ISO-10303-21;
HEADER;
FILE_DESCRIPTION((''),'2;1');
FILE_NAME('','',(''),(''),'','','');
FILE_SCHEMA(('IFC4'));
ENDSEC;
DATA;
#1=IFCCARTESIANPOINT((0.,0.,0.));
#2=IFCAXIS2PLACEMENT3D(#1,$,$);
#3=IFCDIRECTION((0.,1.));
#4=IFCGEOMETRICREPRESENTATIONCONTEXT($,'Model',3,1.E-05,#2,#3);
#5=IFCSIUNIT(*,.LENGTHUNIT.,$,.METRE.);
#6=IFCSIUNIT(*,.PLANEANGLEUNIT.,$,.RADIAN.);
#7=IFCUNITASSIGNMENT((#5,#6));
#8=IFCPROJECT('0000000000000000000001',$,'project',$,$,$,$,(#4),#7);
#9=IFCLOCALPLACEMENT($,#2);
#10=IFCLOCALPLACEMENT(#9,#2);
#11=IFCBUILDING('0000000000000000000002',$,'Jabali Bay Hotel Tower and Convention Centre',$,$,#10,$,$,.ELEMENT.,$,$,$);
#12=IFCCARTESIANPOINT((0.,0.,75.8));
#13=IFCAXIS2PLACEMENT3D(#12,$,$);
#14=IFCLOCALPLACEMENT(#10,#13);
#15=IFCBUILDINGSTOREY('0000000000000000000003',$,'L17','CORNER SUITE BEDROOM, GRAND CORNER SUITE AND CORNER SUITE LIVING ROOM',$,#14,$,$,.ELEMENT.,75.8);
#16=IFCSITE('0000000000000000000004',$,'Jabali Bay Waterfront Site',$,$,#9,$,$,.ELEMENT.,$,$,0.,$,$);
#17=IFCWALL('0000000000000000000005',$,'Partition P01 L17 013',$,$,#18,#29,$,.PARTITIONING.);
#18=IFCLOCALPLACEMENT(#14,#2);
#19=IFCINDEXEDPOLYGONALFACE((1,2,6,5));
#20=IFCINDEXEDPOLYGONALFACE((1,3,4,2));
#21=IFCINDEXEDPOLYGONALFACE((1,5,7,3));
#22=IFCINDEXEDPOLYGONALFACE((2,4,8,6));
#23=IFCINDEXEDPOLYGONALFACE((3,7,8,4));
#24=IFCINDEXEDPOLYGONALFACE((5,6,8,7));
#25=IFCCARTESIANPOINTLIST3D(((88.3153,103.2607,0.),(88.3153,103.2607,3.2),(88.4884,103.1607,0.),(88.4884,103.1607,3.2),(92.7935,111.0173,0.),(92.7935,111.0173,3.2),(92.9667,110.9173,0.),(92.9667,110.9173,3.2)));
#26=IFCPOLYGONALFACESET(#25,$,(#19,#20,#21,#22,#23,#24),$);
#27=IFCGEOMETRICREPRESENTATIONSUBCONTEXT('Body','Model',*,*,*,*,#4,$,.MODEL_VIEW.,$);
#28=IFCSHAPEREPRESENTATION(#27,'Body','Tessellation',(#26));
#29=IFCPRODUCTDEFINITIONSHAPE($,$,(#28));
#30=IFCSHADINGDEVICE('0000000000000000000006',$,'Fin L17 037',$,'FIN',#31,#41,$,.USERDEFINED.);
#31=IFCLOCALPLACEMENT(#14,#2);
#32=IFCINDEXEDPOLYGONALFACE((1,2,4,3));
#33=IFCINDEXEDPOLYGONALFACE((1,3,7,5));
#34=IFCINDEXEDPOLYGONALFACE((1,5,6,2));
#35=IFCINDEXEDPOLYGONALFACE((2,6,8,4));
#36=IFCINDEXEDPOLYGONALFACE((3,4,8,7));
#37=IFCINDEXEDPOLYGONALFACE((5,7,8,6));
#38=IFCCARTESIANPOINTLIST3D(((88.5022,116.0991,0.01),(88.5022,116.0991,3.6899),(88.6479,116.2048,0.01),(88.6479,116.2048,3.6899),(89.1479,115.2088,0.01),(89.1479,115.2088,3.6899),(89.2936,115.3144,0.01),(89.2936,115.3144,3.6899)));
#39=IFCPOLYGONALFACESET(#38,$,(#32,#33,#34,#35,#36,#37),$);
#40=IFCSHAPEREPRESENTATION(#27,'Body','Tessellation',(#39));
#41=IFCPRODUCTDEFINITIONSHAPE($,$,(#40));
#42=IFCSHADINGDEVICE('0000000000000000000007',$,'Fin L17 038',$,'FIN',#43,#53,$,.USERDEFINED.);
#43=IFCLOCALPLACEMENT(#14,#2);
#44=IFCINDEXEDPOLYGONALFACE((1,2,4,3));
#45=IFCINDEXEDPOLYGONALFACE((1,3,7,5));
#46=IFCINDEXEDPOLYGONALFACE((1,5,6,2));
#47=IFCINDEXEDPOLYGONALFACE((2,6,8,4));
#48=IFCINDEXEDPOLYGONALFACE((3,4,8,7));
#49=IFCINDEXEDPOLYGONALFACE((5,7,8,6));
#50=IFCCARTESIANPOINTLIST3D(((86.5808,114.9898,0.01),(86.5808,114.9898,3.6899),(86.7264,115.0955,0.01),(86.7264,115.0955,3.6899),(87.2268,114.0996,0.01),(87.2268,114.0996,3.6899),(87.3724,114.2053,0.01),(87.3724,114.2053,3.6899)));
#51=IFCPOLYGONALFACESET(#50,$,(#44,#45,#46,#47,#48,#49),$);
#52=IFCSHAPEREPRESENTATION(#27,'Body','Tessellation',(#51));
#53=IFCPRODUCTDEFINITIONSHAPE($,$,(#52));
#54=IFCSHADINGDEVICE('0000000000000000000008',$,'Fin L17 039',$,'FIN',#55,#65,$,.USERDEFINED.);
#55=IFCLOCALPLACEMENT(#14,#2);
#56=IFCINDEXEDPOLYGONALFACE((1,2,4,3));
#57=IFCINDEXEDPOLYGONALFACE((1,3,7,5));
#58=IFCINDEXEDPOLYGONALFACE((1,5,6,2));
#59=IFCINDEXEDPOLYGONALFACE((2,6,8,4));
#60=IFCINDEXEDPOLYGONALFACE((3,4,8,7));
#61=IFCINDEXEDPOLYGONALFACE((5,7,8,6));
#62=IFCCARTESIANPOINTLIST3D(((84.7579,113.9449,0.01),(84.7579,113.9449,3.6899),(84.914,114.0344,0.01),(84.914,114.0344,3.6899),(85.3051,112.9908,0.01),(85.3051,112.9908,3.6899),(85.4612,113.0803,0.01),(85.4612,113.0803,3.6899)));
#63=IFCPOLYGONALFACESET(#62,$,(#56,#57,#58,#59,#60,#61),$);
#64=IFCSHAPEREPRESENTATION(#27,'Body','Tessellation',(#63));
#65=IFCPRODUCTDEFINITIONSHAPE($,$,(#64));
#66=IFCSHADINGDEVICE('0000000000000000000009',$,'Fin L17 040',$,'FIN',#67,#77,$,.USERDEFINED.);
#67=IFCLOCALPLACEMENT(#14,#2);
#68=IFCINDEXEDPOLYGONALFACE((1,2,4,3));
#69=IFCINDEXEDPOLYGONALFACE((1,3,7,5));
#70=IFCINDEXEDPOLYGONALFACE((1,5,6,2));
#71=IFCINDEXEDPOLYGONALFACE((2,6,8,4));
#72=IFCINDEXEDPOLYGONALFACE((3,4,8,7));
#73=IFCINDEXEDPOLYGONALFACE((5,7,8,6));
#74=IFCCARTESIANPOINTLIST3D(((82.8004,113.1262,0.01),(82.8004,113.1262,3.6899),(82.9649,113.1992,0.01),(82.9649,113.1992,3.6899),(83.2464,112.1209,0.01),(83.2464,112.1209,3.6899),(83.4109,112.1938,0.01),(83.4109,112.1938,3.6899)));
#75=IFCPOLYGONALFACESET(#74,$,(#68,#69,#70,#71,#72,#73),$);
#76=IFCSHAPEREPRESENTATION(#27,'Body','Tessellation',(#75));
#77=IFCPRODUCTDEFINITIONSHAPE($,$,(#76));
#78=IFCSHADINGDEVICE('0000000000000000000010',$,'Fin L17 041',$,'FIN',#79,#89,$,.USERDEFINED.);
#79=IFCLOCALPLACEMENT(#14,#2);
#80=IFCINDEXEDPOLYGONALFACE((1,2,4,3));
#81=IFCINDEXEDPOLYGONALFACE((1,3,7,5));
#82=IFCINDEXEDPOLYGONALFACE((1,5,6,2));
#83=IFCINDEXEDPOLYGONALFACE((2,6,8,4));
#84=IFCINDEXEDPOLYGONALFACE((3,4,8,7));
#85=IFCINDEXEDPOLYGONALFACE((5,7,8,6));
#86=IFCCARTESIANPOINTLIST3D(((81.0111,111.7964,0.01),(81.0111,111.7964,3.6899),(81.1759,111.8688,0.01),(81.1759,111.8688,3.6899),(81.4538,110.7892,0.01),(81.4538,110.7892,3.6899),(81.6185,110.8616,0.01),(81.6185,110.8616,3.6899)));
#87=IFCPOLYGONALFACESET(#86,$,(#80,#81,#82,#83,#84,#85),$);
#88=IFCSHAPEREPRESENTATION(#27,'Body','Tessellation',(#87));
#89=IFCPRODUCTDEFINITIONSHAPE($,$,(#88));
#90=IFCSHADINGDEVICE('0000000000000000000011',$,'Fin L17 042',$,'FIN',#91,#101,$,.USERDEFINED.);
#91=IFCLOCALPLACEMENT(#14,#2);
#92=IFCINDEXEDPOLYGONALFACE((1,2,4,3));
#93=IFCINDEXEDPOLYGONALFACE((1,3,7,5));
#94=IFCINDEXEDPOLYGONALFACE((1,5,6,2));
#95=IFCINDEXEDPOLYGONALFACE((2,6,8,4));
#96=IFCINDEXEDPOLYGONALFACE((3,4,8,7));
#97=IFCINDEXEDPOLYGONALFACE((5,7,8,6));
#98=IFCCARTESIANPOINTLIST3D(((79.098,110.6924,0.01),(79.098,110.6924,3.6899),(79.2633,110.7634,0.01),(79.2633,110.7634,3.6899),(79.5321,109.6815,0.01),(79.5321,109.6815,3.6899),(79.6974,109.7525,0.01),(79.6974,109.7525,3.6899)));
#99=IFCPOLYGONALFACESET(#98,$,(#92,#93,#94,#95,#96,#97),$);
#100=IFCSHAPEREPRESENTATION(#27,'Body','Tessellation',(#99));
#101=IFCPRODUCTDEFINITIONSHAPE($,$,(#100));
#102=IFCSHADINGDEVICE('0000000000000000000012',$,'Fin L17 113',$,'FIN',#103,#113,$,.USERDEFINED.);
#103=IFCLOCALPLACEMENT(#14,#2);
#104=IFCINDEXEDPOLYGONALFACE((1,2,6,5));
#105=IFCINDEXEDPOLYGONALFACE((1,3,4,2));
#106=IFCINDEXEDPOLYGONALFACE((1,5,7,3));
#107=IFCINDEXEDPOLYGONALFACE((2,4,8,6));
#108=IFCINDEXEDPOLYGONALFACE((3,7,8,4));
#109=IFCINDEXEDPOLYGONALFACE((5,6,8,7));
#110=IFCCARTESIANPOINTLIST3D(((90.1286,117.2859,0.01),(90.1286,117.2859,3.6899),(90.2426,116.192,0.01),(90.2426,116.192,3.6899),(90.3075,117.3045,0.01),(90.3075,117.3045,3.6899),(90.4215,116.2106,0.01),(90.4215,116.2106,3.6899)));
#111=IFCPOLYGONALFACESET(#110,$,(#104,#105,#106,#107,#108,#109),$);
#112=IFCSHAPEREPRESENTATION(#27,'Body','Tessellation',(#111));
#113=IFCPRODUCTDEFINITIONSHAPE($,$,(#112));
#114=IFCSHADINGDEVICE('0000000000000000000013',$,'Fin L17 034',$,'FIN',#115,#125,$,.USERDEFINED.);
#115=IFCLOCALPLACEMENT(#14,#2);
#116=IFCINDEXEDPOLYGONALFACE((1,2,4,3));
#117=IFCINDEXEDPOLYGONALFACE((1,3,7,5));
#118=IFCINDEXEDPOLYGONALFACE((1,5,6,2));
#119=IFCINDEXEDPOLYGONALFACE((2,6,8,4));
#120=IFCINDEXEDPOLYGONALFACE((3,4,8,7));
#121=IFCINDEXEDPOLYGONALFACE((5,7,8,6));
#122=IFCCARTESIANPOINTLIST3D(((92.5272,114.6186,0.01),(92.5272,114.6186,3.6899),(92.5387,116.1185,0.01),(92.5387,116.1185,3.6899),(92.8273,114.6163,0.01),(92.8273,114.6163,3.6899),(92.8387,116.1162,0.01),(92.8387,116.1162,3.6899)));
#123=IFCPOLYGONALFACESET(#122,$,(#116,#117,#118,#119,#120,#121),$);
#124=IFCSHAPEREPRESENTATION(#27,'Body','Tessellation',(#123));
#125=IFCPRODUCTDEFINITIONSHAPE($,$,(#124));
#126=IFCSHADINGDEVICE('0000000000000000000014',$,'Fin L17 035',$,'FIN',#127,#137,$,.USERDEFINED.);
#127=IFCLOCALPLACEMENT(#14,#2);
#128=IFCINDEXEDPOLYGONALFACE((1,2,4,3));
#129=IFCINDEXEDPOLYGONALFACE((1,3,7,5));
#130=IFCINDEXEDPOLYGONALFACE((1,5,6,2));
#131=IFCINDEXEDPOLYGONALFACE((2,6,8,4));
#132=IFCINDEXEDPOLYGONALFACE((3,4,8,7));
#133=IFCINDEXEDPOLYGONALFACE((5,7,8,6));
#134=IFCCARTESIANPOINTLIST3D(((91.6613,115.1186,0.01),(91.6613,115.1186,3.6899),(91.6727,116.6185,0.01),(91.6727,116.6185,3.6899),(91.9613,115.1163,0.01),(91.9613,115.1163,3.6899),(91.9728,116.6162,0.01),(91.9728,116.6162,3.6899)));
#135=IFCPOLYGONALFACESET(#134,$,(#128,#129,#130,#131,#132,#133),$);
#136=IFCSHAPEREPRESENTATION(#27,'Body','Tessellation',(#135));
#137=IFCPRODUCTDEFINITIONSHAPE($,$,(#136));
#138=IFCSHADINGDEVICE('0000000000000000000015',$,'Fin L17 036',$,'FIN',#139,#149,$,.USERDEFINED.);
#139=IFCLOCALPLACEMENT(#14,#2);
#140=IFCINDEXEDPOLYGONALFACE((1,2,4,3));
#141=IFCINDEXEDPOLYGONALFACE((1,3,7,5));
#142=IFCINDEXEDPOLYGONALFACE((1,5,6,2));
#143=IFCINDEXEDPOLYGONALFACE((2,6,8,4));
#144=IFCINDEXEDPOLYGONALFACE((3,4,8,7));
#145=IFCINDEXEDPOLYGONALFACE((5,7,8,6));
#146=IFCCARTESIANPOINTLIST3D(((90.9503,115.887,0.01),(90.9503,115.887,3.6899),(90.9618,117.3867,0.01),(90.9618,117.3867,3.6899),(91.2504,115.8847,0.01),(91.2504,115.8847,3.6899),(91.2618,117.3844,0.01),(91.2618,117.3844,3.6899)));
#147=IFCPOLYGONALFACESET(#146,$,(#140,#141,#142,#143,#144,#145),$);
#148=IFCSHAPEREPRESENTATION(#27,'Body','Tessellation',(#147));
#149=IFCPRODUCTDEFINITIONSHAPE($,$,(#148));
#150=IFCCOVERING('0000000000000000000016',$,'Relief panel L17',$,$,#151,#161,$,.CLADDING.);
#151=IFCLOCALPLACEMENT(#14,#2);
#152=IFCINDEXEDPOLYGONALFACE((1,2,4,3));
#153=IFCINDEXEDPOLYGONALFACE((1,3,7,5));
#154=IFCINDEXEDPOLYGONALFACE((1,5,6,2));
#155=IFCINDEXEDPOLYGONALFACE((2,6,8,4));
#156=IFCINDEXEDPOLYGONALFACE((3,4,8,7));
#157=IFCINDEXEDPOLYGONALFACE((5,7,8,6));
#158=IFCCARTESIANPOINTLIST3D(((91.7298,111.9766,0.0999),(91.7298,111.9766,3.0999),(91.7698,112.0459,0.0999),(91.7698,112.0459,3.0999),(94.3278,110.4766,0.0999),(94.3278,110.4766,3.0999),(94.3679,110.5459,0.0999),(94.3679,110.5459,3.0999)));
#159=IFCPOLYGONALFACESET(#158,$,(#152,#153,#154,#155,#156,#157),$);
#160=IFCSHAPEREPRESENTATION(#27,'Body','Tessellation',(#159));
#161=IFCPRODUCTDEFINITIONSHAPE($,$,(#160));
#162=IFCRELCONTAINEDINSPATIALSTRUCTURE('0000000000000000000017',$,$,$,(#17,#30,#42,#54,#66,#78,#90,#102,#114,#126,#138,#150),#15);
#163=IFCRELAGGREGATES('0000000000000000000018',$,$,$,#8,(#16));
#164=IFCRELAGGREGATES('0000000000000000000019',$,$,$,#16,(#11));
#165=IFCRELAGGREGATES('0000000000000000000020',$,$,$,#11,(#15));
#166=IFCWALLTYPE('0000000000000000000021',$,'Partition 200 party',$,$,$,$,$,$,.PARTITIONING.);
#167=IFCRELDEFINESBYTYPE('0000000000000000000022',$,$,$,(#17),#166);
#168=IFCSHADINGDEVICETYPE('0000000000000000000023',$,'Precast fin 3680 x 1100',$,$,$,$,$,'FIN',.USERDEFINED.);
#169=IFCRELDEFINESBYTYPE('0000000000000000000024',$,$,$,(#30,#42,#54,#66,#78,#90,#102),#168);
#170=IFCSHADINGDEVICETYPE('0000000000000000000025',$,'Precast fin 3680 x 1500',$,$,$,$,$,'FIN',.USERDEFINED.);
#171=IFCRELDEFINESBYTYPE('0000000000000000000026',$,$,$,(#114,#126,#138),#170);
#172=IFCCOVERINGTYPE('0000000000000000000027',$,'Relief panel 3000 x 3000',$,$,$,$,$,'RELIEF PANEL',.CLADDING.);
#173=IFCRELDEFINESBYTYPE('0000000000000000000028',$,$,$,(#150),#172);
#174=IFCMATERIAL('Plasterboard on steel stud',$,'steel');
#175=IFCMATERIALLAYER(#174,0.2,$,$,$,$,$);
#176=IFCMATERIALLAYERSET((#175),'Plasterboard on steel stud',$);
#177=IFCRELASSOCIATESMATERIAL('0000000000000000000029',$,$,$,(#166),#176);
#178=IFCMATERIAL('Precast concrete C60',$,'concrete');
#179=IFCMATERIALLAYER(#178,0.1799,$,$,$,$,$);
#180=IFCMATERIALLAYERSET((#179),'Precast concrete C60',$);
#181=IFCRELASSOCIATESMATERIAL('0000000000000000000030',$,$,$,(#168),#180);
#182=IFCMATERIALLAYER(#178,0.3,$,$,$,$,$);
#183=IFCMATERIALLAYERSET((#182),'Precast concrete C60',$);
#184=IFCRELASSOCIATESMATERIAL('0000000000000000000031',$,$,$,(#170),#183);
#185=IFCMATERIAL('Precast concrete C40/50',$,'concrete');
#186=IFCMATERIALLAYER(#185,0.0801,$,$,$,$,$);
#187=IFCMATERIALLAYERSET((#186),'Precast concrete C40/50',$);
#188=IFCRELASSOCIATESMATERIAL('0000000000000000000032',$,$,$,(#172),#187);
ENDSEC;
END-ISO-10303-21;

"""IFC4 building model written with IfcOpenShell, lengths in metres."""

from ifc_helpers import new_model, si_unit, direction, frame, frame_2d, origin, origin_2d, place, context, subcontext, project, spatial, rectangle, extrude, material, layer, layer_set, type_object, element, save


model = new_model("IFC4")

# Units and contexts
model_context = context("Model", 3, precision=1e-05, world=origin(), true_north=direction((0.0, 1.0)))
body_context = subcontext(model_context, "Body", "Model", "MODEL_VIEW")
ifc_project = project(units=[si_unit("LENGTHUNIT", "METRE"), si_unit("PLANEANGLEUNIT", "RADIAN")], contexts=[model_context])

# Site, building, storey
site_placement = place(None, origin())
site = spatial("IfcSite", under=ifc_project, at=site_placement, Name="Jabali Bay Waterfront Site", CompositionType="ELEMENT", RefElevation=0.0)
building_placement = place(site_placement, origin())
building = spatial("IfcBuilding", under=site, at=building_placement, Name="Jabali Bay Hotel Tower and Convention Centre", CompositionType="ELEMENT")
storey_placement = place(building_placement, frame((0.0, 0.0, 75.8)))
storey = spatial("IfcBuildingStorey", under=building, at=storey_placement, Name="L17", Description="CORNER SUITE BEDROOM, GRAND CORNER SUITE AND CORNER SUITE LIVING ROOM", CompositionType="ELEMENT", Elevation=75.8)

# Shared definitions
ifc_material_1 = material(Name="Plasterboard on steel stud", Category="steel")

# Wall
ifc_layer_1 = layer(ifc_material_1, 0.2)
ifc_layer_set_1 = layer_set([ifc_layer_1], Name="Plasterboard on steel stud")
wall_type_1 = type_object("IfcWallType", Name="Partition 200 party", PredefinedType="PARTITIONING", material=ifc_layer_set_1)
wall_1_placement = place(storey_placement, frame((92.8801, 110.9673, 0.0), z_axis=(0.0, 0.0, 1.0), x_axis=(-0.5, -0.866025, 0.0)))
element("IfcWall", 1, at=wall_1_placement, inside=storey, type_object=wall_type_1, Name="Partition P01 L17 013", PredefinedType="PARTITIONING", context=body_context, shape_type="SweptSolid", body=[
    extrude(rectangle(XDim=8.9565, YDim=0.2, at=frame_2d((4.4783, 0.0))), origin(), (0.0, 0.0, 1.0), 3.2),
])

# Shading devices
ifc_material_2 = material(Name="Precast concrete C60", Category="concrete")
ifc_layer_2 = layer(ifc_material_2, 0.1799)
ifc_layer_set_2 = layer_set([ifc_layer_2], Name="Precast concrete C60")
shading_device_type_1 = type_object("IfcShadingDeviceType", Name="Precast fin 3680 x 1100", ElementType="FIN", PredefinedType="USERDEFINED", material=ifc_layer_set_2)
for number, where, z_axis, x_axis, name in (
    (2, (89.2207, 115.2617, 0.01), (0.0, 0.0, 1.0), (-0.587102, 0.809513, 0.0), "Fin L17 037"),
    (3, (87.2996, 114.1526, 0.01), (0.0, 0.0, 1.0), (-0.587353, 0.809331, 0.0), "Fin L17 038"),
    (4, (85.3831, 113.0356, 0.01), (0.0, 0.0, 1.0), (-0.497453, 0.867491, 0.0), "Fin L17 039"),
    (5, (83.3286, 112.1575, 0.01), (0.0, 0.0, 1.0), (-0.405541, 0.914077, 0.0), "Fin L17 040"),
):
    element("IfcShadingDevice", number, at=place(storey_placement, frame(where, z_axis=z_axis, x_axis=x_axis)), inside=storey, type_object=shading_device_type_1, Name=name, ObjectType="FIN", PredefinedType="USERDEFINED", context=body_context, shape_type="SweptSolid", body=[
        extrude(rectangle(XDim=1.0999, YDim=0.1799, at=frame_2d((0.5498, 0.0))), origin(), (0.0, 0.0, 1.0), 3.6799),
    ])
for number, where, z_axis, x_axis, name in (
    (6, (81.5361, 110.8254, 0.01), (0.0, 0.0, 1.0), (-0.402367, 0.915479, 0.0), "Fin L17 041"),
    (7, (79.6147, 109.717, 0.01), (0.0, 0.0, 1.0), (-0.394616, 0.918846, 0.0), "Fin L17 042"),
):
    element("IfcShadingDevice", number, at=place(storey_placement, frame(where, z_axis=z_axis, x_axis=x_axis)), inside=storey, type_object=shading_device_type_1, Name=name, ObjectType="FIN", PredefinedType="USERDEFINED", context=body_context, shape_type="SweptSolid", body=[
        extrude(rectangle(XDim=1.1001, YDim=0.1799, at=frame_2d((0.55, 0.0))), origin(), (0.0, 0.0, 1.0), 3.6799),
    ])
shading_device_1_placement = place(storey_placement, frame((90.332, 116.2014, 0.01), z_axis=(0.0, 0.0, 1.0), x_axis=(-0.103656, 0.994613, 0.0)))
element("IfcShadingDevice", 8, at=shading_device_1_placement, inside=storey, type_object=shading_device_type_1, Name="Fin L17 113", ObjectType="FIN", PredefinedType="USERDEFINED", context=body_context, shape_type="SweptSolid", body=[
    extrude(rectangle(XDim=1.0999, YDim=0.1799, at=frame_2d((0.5498, 0.0))), origin(), (0.0, 0.0, 1.0), 3.6799),
])
ifc_layer_3 = layer(ifc_material_2, 0.3)
ifc_layer_set_3 = layer_set([ifc_layer_3], Name="Precast concrete C60")
shading_device_type_2 = type_object("IfcShadingDeviceType", Name="Precast fin 3680 x 1500", ElementType="FIN", PredefinedType="USERDEFINED", material=ifc_layer_set_3)
for number, where, z_axis, x_axis, name in (
    (9, (92.6772, 114.6174, 0.01), (0.0, 0.0, 1.0), (0.00765, 0.999971, 0.0), "Fin L17 034"),
    (10, (91.8113, 115.1174, 0.01), (0.0, 0.0, 1.0), (0.00765, 0.999971, 0.0), "Fin L17 035"),
):
    element("IfcShadingDevice", number, at=place(storey_placement, frame(where, z_axis=z_axis, x_axis=x_axis)), inside=storey, type_object=shading_device_type_2, Name=name, ObjectType="FIN", PredefinedType="USERDEFINED", context=body_context, shape_type="SweptSolid", body=[
        extrude(rectangle(XDim=1.5, YDim=0.3, at=frame_2d((0.75, 0.0))), origin(), (0.0, 0.0, 1.0), 3.6799),
    ])
shading_device_2_placement = place(storey_placement, frame((91.1003, 115.8857, 0.01), z_axis=(0.0, 0.0, 1.0), x_axis=(0.007651, 0.999971, 0.0)))
element("IfcShadingDevice", 11, at=shading_device_2_placement, inside=storey, type_object=shading_device_type_2, Name="Fin L17 036", ObjectType="FIN", PredefinedType="USERDEFINED", context=body_context, shape_type="SweptSolid", body=[
    extrude(rectangle(XDim=1.4998, YDim=0.3, at=frame_2d((0.75, 0.0))), origin(), (0.0, 0.0, 1.0), 3.6799),
])

# Covering
ifc_material_3 = material(Name="Precast concrete C40/50", Category="concrete")
ifc_layer_4 = layer(ifc_material_3, 0.0801)
ifc_layer_set_4 = layer_set([ifc_layer_4], Name="Precast concrete C40/50")
covering_type = type_object("IfcCoveringType", Name="Relief panel 3000 x 3000", ElementType="RELIEF PANEL", PredefinedType="CLADDING", material=ifc_layer_set_4)
covering_placement = place(storey_placement, frame((93.0488, 111.2612, 0.0999), z_axis=(0.0, 0.0, 1.0), x_axis=(0.866025, -0.5, 0.0)))
element("IfcCovering", 12, at=covering_placement, inside=storey, type_object=covering_type, Name="Relief panel L17", PredefinedType="CLADDING", context=body_context, shape_type="SweptSolid", body=[
    extrude(rectangle(XDim=3.0, YDim=0.0801, at=origin_2d()), origin(), (0.0, 0.0, 1.0), 3.0),
])

save(model, "model.ifc")
